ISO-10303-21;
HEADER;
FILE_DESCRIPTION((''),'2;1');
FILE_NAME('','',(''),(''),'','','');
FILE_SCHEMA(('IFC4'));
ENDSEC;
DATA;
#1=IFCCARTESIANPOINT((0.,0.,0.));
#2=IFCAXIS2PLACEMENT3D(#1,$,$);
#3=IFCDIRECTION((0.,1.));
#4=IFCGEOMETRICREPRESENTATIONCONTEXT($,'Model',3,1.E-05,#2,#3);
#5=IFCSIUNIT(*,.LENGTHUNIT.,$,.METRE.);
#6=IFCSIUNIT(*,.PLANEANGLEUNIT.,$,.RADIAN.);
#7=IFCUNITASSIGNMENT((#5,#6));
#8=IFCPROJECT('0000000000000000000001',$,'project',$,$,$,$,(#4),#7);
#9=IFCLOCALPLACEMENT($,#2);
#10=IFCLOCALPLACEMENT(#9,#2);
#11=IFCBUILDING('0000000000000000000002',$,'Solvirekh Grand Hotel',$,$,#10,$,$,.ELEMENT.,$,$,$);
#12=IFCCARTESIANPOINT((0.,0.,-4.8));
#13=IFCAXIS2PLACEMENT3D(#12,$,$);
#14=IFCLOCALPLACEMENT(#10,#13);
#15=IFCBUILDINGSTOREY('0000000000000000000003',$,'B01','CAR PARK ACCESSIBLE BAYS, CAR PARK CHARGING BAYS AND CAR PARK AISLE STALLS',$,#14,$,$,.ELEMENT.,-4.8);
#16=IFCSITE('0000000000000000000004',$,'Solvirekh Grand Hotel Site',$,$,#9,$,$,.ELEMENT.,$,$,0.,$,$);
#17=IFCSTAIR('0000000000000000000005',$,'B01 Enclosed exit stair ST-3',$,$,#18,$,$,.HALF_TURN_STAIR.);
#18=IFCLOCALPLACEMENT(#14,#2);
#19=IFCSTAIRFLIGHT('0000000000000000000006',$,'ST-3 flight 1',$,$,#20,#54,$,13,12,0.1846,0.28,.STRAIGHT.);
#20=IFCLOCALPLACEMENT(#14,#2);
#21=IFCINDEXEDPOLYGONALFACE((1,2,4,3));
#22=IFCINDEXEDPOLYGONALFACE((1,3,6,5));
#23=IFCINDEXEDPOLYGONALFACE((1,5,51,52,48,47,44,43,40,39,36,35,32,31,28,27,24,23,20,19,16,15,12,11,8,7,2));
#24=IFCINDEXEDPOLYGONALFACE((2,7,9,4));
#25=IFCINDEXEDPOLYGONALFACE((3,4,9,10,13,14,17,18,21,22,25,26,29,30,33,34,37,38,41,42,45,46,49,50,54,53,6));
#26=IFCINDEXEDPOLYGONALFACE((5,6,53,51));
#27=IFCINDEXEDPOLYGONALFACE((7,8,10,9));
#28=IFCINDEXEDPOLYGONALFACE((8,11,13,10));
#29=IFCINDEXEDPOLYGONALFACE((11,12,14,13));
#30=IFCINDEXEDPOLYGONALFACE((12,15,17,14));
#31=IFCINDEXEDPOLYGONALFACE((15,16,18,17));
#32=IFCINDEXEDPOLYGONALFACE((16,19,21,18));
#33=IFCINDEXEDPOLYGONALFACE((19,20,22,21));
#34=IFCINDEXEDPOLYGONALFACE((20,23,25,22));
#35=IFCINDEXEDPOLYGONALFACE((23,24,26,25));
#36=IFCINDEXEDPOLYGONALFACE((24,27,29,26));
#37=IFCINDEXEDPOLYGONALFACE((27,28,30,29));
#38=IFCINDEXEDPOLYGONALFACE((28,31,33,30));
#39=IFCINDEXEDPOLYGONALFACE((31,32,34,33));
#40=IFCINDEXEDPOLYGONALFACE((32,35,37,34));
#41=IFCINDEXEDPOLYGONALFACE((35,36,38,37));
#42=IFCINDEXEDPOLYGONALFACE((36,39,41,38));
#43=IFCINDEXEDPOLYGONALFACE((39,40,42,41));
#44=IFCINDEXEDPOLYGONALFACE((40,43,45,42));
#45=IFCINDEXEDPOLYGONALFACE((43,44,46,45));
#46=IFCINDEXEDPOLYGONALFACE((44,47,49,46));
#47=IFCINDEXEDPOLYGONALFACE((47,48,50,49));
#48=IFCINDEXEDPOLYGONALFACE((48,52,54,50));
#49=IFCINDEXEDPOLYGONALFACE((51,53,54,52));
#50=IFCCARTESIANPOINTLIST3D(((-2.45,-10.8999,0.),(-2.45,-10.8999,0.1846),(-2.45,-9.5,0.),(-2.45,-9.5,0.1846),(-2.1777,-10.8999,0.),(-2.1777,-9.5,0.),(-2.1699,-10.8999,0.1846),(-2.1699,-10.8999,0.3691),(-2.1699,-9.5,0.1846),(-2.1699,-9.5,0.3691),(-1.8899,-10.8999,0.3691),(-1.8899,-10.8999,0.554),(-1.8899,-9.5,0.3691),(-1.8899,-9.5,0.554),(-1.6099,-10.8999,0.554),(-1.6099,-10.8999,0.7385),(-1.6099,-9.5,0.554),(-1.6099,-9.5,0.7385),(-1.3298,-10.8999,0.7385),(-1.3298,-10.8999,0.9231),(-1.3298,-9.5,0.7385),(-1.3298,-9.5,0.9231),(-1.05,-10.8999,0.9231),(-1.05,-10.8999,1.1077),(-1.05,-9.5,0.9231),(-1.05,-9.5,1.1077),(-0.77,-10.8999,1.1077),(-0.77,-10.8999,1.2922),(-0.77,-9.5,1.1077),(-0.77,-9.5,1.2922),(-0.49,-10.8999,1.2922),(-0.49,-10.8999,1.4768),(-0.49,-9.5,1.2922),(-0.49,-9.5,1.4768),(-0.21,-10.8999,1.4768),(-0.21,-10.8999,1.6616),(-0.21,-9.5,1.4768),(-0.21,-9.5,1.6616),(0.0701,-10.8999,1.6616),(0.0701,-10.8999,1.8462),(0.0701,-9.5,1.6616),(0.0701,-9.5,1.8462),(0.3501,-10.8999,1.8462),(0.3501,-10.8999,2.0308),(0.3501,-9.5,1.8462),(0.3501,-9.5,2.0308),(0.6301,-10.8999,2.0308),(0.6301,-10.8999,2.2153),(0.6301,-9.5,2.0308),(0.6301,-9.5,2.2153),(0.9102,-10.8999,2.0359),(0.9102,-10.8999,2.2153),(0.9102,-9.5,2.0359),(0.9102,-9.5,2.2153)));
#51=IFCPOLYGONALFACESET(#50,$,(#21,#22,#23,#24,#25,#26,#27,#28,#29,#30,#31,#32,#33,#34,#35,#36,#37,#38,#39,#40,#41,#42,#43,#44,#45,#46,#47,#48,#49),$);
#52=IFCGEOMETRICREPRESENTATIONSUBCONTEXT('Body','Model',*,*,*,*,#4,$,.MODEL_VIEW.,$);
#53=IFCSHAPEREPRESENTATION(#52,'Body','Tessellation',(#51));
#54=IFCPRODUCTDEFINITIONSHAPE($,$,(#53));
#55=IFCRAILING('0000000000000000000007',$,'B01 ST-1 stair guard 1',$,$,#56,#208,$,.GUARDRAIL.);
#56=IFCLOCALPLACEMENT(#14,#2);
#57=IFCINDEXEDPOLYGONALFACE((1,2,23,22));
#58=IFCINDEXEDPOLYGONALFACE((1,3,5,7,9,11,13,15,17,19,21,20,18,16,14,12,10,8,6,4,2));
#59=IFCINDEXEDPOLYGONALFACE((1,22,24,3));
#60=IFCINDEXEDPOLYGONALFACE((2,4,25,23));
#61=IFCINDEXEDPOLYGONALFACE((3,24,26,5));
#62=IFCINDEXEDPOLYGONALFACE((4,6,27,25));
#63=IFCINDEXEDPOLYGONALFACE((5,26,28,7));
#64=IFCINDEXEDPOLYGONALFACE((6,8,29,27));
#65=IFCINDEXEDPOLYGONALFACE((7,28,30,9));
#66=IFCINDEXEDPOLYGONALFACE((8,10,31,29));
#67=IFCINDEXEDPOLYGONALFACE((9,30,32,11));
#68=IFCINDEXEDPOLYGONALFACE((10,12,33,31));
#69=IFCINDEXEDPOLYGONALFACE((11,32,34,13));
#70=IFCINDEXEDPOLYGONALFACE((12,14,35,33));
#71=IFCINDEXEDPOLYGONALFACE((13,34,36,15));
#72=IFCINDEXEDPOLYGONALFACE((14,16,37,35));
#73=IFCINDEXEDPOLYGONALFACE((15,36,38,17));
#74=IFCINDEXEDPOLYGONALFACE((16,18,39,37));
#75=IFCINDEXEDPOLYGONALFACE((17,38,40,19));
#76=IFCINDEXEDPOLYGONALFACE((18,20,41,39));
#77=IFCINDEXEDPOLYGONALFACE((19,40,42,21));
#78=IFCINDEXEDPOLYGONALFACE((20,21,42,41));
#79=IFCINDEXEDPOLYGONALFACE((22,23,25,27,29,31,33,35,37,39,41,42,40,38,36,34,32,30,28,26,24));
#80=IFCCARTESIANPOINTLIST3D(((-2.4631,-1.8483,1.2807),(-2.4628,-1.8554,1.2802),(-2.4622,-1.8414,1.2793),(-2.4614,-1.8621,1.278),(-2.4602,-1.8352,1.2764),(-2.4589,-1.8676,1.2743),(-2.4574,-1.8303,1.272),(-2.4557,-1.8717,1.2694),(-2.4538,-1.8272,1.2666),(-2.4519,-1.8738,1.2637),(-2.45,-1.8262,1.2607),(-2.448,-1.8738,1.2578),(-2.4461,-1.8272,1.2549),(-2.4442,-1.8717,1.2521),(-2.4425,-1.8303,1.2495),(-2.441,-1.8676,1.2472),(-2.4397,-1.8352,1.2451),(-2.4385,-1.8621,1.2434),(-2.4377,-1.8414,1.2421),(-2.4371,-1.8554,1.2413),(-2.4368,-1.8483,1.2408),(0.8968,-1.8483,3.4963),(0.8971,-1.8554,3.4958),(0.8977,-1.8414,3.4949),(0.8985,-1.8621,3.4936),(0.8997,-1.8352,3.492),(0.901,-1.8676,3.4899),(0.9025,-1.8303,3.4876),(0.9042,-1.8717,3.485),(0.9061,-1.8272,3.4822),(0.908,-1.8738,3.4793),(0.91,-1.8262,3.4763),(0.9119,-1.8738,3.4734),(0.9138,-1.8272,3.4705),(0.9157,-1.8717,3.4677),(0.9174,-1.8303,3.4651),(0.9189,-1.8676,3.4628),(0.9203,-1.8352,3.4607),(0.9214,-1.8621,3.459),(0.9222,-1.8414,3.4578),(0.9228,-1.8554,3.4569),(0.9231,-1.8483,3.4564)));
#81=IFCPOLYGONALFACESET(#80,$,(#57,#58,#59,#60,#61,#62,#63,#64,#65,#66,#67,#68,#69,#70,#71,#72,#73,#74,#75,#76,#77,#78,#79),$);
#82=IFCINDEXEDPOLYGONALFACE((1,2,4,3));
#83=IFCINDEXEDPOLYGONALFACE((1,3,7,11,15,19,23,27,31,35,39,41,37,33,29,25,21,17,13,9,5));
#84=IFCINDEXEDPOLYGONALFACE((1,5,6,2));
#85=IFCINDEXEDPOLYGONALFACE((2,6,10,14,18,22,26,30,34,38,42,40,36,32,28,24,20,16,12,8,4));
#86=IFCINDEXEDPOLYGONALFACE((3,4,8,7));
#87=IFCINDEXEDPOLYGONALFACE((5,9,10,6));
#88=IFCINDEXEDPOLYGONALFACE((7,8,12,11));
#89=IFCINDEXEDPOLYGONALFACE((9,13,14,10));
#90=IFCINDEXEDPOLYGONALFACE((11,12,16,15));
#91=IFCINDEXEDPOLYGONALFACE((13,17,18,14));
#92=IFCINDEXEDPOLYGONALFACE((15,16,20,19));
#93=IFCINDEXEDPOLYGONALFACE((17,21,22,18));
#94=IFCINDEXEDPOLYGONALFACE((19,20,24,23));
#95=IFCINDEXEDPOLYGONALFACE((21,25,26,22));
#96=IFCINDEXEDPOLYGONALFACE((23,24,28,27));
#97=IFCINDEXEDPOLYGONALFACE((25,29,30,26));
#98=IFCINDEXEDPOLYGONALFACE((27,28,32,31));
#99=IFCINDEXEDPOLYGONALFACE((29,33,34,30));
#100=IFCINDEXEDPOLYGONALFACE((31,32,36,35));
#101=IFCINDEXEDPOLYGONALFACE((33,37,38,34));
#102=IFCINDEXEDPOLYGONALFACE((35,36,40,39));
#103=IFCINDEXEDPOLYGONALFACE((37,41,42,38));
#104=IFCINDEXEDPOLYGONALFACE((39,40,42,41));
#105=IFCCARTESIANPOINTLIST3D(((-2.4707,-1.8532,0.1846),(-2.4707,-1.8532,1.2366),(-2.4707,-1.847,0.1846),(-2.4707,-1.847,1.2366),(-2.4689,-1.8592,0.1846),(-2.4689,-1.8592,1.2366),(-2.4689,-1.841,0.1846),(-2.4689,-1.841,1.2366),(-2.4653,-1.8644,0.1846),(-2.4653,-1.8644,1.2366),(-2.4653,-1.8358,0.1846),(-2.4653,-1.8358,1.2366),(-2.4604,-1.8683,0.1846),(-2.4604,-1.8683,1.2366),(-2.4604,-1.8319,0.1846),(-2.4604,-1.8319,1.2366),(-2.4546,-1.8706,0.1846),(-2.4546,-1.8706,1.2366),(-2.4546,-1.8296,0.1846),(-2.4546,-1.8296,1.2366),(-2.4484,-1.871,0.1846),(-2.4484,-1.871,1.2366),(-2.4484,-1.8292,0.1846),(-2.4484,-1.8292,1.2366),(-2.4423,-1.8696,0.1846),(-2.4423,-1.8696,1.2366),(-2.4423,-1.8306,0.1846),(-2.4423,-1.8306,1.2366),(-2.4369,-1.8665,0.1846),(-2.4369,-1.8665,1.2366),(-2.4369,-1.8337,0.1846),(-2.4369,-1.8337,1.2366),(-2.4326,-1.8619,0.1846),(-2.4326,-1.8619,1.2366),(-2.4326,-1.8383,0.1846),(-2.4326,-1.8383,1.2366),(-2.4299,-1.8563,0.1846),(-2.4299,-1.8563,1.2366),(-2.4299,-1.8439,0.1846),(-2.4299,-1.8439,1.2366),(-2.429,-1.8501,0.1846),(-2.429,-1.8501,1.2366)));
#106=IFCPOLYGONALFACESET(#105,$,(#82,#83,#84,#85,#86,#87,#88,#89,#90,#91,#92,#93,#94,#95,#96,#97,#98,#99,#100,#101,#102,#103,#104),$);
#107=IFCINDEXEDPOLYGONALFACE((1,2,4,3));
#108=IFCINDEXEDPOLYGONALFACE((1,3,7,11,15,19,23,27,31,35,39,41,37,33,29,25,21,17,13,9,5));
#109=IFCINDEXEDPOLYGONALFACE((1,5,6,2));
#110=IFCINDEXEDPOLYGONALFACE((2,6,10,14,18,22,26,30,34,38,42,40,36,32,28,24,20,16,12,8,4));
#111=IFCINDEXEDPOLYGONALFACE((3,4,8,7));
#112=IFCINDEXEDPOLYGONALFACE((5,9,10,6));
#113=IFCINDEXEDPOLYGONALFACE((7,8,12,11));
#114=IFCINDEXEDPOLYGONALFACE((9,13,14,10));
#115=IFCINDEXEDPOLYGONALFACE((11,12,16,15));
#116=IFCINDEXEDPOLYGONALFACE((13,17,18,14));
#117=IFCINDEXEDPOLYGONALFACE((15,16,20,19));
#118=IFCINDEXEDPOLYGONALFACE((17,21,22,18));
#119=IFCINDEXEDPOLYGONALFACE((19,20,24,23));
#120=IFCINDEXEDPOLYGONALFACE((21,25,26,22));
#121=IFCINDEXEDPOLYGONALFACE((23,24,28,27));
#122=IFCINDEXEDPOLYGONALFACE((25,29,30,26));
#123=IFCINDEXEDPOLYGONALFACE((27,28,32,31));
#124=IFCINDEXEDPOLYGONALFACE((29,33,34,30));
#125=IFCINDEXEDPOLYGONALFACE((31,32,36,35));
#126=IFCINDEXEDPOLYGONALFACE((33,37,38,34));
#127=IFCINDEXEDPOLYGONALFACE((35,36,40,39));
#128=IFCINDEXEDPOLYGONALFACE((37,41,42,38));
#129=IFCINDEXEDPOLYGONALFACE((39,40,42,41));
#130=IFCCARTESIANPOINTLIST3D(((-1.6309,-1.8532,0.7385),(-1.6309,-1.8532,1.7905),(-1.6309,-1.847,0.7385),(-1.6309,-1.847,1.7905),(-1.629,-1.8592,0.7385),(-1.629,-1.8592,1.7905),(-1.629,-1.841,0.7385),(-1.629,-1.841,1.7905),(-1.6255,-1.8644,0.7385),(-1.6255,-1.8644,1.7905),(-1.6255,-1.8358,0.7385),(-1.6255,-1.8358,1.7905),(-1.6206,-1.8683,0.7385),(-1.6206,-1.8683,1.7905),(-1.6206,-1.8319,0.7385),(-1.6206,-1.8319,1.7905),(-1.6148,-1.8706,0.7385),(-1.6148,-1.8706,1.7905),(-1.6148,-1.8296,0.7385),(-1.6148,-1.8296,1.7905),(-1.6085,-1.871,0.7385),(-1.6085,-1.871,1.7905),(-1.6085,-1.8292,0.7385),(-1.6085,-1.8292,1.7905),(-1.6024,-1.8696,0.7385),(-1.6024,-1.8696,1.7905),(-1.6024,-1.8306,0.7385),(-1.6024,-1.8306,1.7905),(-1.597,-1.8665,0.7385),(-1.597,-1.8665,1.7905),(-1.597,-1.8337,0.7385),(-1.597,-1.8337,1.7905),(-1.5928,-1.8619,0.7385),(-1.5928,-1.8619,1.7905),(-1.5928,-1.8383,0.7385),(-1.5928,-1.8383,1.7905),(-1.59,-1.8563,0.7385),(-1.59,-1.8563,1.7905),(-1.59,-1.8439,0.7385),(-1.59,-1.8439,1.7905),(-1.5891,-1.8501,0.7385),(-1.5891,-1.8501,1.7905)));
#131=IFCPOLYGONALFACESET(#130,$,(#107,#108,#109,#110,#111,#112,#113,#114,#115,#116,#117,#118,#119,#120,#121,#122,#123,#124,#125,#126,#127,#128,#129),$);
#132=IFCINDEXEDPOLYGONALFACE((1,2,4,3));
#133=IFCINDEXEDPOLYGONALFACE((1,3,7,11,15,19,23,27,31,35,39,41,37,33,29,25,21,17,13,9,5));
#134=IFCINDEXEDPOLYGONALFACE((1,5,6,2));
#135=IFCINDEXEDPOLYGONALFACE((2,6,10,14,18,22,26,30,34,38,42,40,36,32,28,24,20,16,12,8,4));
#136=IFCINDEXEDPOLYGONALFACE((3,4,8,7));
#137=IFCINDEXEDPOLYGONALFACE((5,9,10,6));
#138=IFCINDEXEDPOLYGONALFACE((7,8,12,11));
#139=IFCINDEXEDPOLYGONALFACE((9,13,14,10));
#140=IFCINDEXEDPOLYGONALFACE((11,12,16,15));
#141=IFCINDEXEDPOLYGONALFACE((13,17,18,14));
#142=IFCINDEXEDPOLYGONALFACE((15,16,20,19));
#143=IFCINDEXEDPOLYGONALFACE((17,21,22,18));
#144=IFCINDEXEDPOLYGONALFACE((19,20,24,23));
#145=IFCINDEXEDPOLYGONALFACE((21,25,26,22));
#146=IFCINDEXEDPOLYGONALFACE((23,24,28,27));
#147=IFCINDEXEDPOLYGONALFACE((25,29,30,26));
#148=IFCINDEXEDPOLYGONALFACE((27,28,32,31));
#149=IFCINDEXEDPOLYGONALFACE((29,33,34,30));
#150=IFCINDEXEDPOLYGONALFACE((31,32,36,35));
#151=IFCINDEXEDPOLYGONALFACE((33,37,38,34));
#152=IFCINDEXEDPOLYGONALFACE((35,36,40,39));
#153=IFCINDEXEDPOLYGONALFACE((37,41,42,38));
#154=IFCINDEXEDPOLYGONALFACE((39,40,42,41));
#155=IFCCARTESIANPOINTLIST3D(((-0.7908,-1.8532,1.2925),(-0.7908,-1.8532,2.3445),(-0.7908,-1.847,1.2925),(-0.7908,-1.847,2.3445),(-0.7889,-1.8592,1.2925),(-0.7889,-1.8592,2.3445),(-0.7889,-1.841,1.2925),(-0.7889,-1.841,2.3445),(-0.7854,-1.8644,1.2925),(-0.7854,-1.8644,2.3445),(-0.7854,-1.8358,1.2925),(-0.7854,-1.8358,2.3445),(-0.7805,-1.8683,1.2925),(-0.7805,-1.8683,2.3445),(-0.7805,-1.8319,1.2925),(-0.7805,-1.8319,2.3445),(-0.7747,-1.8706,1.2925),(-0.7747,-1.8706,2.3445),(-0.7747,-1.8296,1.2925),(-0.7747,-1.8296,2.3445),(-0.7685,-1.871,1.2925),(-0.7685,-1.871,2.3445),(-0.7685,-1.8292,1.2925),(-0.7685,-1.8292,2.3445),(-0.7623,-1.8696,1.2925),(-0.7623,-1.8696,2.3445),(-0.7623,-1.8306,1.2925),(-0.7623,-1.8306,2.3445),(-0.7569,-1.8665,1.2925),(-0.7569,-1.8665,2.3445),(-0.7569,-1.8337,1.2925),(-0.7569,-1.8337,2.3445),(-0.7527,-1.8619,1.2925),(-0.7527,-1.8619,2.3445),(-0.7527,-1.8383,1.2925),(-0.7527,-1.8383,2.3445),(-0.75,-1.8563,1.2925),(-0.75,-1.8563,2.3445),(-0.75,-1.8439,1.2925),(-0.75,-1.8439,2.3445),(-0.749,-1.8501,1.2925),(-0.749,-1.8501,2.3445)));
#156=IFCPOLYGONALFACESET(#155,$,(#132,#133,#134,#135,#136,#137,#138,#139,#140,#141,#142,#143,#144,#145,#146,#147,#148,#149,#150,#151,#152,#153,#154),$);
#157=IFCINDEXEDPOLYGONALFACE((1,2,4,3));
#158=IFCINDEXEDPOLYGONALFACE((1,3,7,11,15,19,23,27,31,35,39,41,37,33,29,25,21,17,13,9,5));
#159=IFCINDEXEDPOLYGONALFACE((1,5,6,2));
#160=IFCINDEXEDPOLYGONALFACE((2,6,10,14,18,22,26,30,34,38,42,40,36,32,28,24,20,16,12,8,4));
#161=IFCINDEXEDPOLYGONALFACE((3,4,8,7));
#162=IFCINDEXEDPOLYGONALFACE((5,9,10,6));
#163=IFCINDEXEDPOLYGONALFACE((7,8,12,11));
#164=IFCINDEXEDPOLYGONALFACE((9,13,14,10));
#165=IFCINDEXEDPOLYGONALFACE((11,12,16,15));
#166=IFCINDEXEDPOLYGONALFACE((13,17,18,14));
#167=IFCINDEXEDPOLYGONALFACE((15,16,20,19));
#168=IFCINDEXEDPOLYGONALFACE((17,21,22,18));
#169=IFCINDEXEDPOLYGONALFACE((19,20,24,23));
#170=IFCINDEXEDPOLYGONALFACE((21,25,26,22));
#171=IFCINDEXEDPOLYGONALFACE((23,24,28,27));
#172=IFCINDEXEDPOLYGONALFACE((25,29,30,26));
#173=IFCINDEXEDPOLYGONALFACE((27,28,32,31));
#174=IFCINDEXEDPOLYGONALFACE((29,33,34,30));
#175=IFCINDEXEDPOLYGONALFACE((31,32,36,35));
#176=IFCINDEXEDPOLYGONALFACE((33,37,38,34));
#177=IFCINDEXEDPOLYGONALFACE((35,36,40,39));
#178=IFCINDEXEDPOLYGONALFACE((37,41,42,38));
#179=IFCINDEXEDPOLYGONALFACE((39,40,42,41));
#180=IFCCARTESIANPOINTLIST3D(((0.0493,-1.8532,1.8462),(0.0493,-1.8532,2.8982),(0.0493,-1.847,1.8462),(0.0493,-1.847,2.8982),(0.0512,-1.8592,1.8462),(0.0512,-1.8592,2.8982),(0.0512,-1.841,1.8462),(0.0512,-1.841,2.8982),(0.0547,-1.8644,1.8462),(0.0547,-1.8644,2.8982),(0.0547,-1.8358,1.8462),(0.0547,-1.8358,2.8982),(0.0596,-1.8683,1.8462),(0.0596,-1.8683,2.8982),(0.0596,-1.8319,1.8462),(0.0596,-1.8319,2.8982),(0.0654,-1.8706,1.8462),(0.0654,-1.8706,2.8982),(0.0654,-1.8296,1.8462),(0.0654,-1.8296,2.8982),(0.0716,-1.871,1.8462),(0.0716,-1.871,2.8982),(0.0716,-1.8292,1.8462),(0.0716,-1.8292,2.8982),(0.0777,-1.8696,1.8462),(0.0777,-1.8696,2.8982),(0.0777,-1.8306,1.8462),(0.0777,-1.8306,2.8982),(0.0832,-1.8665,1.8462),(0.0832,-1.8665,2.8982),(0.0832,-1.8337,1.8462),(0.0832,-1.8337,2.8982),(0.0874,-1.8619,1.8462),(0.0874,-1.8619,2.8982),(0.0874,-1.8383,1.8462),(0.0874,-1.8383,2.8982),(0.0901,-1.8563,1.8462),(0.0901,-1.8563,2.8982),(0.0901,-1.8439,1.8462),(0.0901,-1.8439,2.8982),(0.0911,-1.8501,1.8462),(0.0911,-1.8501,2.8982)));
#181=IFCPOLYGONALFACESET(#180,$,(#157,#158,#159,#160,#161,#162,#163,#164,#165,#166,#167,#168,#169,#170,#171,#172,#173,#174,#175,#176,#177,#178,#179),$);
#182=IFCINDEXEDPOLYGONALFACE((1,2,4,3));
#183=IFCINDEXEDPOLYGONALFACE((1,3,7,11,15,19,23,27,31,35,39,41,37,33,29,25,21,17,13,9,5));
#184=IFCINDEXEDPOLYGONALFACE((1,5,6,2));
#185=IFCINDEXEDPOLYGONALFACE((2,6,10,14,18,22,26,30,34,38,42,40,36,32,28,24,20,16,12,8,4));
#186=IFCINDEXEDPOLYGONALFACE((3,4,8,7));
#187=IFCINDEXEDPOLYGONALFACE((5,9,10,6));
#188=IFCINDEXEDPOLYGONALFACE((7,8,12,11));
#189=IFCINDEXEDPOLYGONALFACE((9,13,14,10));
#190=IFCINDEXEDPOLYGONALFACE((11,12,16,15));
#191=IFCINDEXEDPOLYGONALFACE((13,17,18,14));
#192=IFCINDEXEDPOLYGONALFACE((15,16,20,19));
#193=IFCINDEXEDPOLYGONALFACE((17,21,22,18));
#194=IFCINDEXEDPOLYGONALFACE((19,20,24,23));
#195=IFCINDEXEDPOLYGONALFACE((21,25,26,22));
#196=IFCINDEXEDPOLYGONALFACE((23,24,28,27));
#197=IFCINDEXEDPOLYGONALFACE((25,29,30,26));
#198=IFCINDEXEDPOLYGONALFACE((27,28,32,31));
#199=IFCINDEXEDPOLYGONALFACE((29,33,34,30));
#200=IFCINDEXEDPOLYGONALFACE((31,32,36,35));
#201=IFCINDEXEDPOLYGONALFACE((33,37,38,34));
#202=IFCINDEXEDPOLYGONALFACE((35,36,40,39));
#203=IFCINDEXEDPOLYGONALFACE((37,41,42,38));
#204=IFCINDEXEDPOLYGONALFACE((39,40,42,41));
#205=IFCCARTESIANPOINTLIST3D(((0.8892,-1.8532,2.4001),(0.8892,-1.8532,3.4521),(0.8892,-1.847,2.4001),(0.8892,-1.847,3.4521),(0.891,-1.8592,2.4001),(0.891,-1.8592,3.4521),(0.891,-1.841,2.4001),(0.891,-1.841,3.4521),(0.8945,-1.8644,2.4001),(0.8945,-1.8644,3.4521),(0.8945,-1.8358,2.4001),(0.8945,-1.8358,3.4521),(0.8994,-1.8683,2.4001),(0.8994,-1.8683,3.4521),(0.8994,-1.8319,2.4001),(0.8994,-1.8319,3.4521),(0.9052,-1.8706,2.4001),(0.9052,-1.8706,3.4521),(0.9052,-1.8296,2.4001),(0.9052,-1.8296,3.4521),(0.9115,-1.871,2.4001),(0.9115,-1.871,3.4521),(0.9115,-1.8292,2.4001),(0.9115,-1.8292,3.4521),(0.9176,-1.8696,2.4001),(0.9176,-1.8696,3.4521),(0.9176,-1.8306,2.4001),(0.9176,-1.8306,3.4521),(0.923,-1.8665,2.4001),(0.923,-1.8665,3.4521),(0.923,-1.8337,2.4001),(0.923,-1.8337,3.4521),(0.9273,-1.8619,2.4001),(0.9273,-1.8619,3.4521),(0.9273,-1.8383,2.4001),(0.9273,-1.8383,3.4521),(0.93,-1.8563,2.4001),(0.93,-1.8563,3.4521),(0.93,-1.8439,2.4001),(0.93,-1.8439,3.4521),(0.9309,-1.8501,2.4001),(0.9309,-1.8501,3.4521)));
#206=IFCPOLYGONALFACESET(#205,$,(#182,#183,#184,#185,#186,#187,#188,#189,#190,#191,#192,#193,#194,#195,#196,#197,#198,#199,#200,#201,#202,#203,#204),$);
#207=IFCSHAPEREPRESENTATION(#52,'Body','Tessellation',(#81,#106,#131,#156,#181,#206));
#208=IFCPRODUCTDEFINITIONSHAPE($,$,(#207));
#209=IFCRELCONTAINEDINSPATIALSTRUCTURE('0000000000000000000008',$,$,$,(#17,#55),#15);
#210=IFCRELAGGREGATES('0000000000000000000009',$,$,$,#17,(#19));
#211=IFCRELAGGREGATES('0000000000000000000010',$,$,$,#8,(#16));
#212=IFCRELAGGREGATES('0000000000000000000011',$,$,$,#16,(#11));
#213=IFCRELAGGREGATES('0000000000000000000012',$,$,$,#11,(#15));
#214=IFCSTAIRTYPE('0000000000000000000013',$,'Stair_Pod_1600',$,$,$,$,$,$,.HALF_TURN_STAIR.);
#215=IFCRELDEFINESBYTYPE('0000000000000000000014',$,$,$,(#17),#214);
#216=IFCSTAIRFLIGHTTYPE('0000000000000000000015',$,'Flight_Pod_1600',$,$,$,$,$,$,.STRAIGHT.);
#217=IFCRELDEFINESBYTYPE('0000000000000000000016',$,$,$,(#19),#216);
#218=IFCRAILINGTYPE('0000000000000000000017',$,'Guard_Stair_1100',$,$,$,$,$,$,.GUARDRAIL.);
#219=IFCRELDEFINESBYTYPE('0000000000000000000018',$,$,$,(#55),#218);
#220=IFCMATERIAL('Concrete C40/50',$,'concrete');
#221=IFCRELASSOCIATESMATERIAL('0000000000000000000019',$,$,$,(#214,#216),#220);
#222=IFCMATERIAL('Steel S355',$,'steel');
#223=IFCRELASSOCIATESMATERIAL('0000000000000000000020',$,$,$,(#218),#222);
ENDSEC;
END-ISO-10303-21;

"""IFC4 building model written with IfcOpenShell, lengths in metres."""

from ifc_helpers import new_model, si_unit, direction, frame, origin, origin_2d, place, context, subcontext, project, spatial, polyline, circle, outline, extrude, material, type_object, element, aggregate, save


model = new_model("IFC4")

# Units and contexts
model_context = context("Model", 3, precision=1e-05, world=origin(), true_north=direction((0.0, 1.0)))
body_context = subcontext(model_context, "Body", "Model", "MODEL_VIEW")
ifc_project = project(units=[si_unit("LENGTHUNIT", "METRE"), si_unit("PLANEANGLEUNIT", "RADIAN")], contexts=[model_context])

# Site, building, storey
site_placement = place(None, origin())
site = spatial("IfcSite", under=ifc_project, at=site_placement, Name="Solvirekh Grand Hotel Site", CompositionType="ELEMENT", RefElevation=0.0)
building_placement = place(site_placement, origin())
building = spatial("IfcBuilding", under=site, at=building_placement, Name="Solvirekh Grand Hotel", CompositionType="ELEMENT")
storey_placement = place(building_placement, frame((0.0, 0.0, -4.8)))
storey = spatial("IfcBuildingStorey", under=building, at=storey_placement, Name="B01", Description="CAR PARK ACCESSIBLE BAYS, CAR PARK CHARGING BAYS AND CAR PARK AISLE STALLS", CompositionType="ELEMENT", Elevation=-4.8)

# Shared definitions
ifc_material_1 = material(Name="Steel S355", Category="steel")

# Shared definitions
ifc_material_2 = material(Name="Concrete C40/50", Category="concrete")

# Stair, stair flight
stair_type_1 = type_object("IfcStairType", Name="Stair_Pod_1600", PredefinedType="HALF_TURN_STAIR", material=ifc_material_2)
stair_1_placement = place(storey_placement, origin())
stair_1 = element("IfcStair", 1, at=stair_1_placement, inside=storey, type_object=stair_type_1, Name="B01 Enclosed exit stair ST-3", PredefinedType="HALF_TURN_STAIR")
stair_flight_type_1 = type_object("IfcStairFlightType", Name="Flight_Pod_1600", PredefinedType="STRAIGHT", material=ifc_material_2)
stair_flight_1_placement = place(storey_placement, frame((-2.45, -10.2, 0.0), z_axis=(0.0, 0.0, 1.0), x_axis=(1.0, 0.0, 0.0)))
stair_flight_1 = element("IfcStairFlight", 2, at=stair_flight_1_placement, type_object=stair_flight_type_1, Name="ST-3 flight 1", NumberOfRisers=13, NumberOfTreads=12, PredefinedType="STRAIGHT", RiserHeight=0.1846, TreadLength=0.28, context=body_context, shape_type="SweptSolid", body=[
    extrude(outline(polyline([(0.0, 0.0), (0.0, 0.1846), (0.28, 0.1846), (0.28, 0.3691), (0.5601, 0.3691), (0.5601, 0.554), (0.8401, 0.554), (0.8401, 0.7385), (1.1201, 0.7385), (1.1201, 0.9231), (1.3999, 0.9231), (1.3999, 1.1077), (1.6799, 1.1077), (1.6799, 1.2922), (1.96, 1.2922), (1.96, 1.4768), (2.24, 1.4768), (2.24, 1.6616), (2.52, 1.6616), (2.52, 1.8462), (2.8, 1.8462), (2.8, 2.0308), (3.0801, 2.0308), (3.0801, 2.2153), (3.3601, 2.2153), (3.3601, 2.3999), (3.3601, 2.0359), (0.2722, 0.0), (0.0, 0.0)])), frame((0.0, 0.7, 0.0), z_axis=(0.0, -1.0, 0.0), x_axis=(1.0, 0.0, 0.0)), (0.0, 0.0, 1.0), 1.3999),
])
aggregate(stair_1, [stair_flight_1])

# Railing
railing_type_1 = type_object("IfcRailingType", Name="Guard_Stair_1100", PredefinedType="GUARDRAIL", material=ifc_material_1)
railing_1_placement = place(storey_placement, frame((-2.45, -1.8501, 0.1846)))
element("IfcRailing", 3, at=railing_1_placement, inside=storey, type_object=railing_type_1, Name="B01 ST-1 stair guard 1", PredefinedType="GUARDRAIL", context=body_context, shape_type="SweptSolid", body=[
    extrude(circle(Radius=0.0239, at=origin_2d()), frame((0.0, 0.0, 1.0762), z_axis=(0.83483, 0.0, 0.550508), x_axis=(0.0, 1.0, 0.0)), (0.0, 0.0, 1.0), 4.0247),
    extrude(circle(Radius=0.021, at=origin_2d()), origin(), (0.0, 0.0, 1.0), 1.052),
    extrude(circle(Radius=0.021, at=origin_2d()), frame((0.8398, 0.0, 0.554)), (0.0, 0.0, 1.0), 1.052),
    extrude(circle(Radius=0.021, at=origin_2d()), frame((1.6799, 0.0, 1.1079)), (0.0, 0.0, 1.0), 1.052),
    extrude(circle(Radius=0.021, at=origin_2d()), frame((2.52, 0.0, 1.6616)), (0.0, 0.0, 1.0), 1.052),
    extrude(circle(Radius=0.021, at=origin_2d()), frame((3.3599, 0.0, 2.2156)), (0.0, 0.0, 1.0), 1.052),
])

save(model, "model.ifc")
